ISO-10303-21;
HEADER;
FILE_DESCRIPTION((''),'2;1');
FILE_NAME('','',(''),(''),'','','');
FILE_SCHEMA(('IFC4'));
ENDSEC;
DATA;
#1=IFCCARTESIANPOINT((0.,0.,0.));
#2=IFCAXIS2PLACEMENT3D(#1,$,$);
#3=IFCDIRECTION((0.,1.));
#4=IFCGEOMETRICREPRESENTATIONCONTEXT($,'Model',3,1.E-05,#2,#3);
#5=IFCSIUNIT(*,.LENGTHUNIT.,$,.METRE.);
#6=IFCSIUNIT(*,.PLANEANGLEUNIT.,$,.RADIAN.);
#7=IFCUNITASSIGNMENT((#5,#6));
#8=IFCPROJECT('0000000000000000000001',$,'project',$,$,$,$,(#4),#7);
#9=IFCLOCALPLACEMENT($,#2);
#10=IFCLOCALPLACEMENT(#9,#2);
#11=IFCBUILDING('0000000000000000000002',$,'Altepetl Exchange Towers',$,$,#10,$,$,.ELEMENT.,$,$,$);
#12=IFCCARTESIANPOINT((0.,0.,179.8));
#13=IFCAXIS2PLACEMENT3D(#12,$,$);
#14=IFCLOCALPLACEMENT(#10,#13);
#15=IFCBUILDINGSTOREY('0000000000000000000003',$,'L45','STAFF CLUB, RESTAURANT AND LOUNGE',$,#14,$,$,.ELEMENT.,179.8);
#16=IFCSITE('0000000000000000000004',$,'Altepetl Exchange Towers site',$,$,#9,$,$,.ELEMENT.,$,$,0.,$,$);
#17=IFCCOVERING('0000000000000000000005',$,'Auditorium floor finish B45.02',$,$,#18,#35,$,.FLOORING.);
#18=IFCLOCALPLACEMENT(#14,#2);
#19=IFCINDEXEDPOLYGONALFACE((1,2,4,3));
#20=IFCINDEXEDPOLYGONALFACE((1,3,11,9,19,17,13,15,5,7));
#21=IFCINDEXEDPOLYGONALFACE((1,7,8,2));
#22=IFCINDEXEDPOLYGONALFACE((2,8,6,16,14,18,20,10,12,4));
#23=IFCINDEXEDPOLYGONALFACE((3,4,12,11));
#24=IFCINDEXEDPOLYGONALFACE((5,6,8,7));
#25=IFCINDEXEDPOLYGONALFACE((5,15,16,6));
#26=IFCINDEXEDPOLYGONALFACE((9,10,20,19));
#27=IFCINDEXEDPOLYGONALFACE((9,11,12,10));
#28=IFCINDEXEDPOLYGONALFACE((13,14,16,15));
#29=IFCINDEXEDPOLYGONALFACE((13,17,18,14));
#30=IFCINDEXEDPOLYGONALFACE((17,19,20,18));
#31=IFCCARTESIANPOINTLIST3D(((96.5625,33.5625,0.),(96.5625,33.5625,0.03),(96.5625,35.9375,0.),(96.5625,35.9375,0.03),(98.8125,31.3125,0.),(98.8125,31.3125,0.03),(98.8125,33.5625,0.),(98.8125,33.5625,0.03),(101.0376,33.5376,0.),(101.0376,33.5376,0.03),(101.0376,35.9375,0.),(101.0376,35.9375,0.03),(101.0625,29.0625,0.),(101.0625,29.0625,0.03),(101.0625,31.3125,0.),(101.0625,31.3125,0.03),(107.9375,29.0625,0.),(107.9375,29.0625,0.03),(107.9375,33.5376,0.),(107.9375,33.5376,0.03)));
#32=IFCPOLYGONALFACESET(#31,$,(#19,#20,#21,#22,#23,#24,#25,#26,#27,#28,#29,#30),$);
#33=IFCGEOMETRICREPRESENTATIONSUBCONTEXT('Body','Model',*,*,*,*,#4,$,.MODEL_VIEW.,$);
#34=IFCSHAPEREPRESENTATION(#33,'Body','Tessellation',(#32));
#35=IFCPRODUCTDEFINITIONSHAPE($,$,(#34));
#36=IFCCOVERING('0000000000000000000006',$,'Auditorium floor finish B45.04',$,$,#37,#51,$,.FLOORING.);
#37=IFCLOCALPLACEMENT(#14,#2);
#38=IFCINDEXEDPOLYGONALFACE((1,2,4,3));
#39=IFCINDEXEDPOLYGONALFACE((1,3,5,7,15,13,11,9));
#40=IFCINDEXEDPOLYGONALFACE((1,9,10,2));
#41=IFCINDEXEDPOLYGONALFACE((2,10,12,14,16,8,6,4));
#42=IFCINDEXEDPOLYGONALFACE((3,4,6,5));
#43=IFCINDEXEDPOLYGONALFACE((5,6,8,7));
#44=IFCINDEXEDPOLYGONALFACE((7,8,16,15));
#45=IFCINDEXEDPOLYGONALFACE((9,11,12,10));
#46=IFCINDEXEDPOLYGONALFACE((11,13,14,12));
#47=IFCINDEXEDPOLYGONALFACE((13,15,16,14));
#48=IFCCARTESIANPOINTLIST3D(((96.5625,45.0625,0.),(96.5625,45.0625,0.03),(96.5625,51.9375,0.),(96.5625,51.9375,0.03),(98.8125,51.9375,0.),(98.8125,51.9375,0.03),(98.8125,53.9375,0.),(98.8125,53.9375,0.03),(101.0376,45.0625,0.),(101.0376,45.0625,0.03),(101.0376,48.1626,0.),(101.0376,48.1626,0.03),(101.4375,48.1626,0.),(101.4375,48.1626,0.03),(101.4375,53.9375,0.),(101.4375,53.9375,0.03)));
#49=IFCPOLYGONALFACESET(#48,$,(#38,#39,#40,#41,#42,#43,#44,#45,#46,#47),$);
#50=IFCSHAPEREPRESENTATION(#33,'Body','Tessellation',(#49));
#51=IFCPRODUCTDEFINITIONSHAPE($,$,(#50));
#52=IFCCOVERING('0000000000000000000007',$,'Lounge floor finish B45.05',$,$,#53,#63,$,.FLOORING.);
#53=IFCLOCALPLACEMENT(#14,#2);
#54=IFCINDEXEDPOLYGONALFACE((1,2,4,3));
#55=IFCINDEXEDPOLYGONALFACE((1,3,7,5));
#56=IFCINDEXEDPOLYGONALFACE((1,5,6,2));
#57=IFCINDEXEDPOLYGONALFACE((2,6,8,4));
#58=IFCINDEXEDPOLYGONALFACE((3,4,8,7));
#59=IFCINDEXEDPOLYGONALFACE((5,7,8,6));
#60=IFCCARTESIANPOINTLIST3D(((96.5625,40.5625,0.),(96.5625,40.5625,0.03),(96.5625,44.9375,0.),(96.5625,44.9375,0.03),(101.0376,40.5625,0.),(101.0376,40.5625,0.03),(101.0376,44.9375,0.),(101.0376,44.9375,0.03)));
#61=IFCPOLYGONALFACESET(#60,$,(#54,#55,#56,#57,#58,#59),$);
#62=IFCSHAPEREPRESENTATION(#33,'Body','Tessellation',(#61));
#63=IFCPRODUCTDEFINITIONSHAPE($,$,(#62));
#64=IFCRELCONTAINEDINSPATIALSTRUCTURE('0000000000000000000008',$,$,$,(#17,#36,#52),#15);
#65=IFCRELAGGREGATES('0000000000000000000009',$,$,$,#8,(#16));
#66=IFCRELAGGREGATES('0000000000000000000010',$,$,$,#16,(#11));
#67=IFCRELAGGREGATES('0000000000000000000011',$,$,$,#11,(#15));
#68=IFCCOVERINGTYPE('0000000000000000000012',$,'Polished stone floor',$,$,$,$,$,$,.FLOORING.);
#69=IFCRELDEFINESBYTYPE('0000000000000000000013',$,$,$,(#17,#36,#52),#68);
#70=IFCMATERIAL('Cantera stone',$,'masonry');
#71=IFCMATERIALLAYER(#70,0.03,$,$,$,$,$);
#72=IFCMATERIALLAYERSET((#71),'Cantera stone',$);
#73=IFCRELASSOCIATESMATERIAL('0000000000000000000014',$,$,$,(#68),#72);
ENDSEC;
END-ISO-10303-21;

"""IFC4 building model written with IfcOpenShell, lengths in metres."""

from ifc_helpers import new_model, si_unit, direction, frame, origin, place, context, subcontext, project, spatial, polyline, outline, extrude, material, layer, layer_set, type_object, element, save


model = new_model("IFC4")

# Units and contexts
model_context = context("Model", 3, precision=1e-05, world=origin(), true_north=direction((0.0, 1.0)))
body_context = subcontext(model_context, "Body", "Model", "MODEL_VIEW")
ifc_project = project(units=[si_unit("LENGTHUNIT", "METRE"), si_unit("PLANEANGLEUNIT", "RADIAN")], contexts=[model_context])

# Site, building, storey
site_placement = place(None, origin())
site = spatial("IfcSite", under=ifc_project, at=site_placement, Name="Altepetl Exchange Towers site", CompositionType="ELEMENT", RefElevation=0.0)
building_placement = place(site_placement, origin())
building = spatial("IfcBuilding", under=site, at=building_placement, Name="Altepetl Exchange Towers", CompositionType="ELEMENT")
storey_placement = place(building_placement, frame((0.0, 0.0, 179.8)))
storey = spatial("IfcBuildingStorey", under=building, at=storey_placement, Name="L45", Description="STAFF CLUB, RESTAURANT AND LOUNGE", CompositionType="ELEMENT", Elevation=179.8)

# Coverings
ifc_material_1 = material(Name="Cantera stone", Category="masonry")
ifc_layer_1 = layer(ifc_material_1, 0.03)
ifc_layer_set_1 = layer_set([ifc_layer_1], Name="Cantera stone")
covering_type_1 = type_object("IfcCoveringType", Name="Polished stone floor", PredefinedType="FLOORING", material=ifc_layer_set_1)
covering_1_placement = place(storey_placement, origin())
element("IfcCovering", 1, at=covering_1_placement, inside=storey, type_object=covering_type_1, Name="Auditorium floor finish B45.02", PredefinedType="FLOORING", context=body_context, shape_type="SweptSolid", body=[
    extrude(outline(polyline([(98.8125, 33.5625), (98.8125, 31.3125), (101.0625, 31.3125), (101.0625, 29.0625), (107.9375, 29.0625), (107.9375, 33.5376), (101.0376, 33.5376), (101.0376, 35.9375), (96.5625, 35.9375), (96.5625, 33.5625), (98.8125, 33.5625)])), origin(), (0.0, 0.0, 1.0), 0.03),
])
covering_2_placement = place(storey_placement, origin())
element("IfcCovering", 2, at=covering_2_placement, inside=storey, type_object=covering_type_1, Name="Auditorium floor finish B45.04", PredefinedType="FLOORING", context=body_context, shape_type="SweptSolid", body=[
    extrude(outline(polyline([(96.5625, 45.0625), (101.0376, 45.0625), (101.0376, 48.1626), (101.4375, 48.1626), (101.4375, 53.9375), (98.8125, 53.9375), (98.8125, 51.9375), (96.5625, 51.9375), (96.5625, 45.0625)])), origin(), (0.0, 0.0, 1.0), 0.03),
])
covering_3_placement = place(storey_placement, origin())
element("IfcCovering", 3, at=covering_3_placement, inside=storey, type_object=covering_type_1, Name="Lounge floor finish B45.05", PredefinedType="FLOORING", context=body_context, shape_type="SweptSolid", body=[
    extrude(outline(polyline([(96.5625, 40.5625), (101.0376, 40.5625), (101.0376, 44.9375), (96.5625, 44.9375), (96.5625, 40.5625)])), origin(), (0.0, 0.0, 1.0), 0.03),
])

save(model, "model.ifc")
